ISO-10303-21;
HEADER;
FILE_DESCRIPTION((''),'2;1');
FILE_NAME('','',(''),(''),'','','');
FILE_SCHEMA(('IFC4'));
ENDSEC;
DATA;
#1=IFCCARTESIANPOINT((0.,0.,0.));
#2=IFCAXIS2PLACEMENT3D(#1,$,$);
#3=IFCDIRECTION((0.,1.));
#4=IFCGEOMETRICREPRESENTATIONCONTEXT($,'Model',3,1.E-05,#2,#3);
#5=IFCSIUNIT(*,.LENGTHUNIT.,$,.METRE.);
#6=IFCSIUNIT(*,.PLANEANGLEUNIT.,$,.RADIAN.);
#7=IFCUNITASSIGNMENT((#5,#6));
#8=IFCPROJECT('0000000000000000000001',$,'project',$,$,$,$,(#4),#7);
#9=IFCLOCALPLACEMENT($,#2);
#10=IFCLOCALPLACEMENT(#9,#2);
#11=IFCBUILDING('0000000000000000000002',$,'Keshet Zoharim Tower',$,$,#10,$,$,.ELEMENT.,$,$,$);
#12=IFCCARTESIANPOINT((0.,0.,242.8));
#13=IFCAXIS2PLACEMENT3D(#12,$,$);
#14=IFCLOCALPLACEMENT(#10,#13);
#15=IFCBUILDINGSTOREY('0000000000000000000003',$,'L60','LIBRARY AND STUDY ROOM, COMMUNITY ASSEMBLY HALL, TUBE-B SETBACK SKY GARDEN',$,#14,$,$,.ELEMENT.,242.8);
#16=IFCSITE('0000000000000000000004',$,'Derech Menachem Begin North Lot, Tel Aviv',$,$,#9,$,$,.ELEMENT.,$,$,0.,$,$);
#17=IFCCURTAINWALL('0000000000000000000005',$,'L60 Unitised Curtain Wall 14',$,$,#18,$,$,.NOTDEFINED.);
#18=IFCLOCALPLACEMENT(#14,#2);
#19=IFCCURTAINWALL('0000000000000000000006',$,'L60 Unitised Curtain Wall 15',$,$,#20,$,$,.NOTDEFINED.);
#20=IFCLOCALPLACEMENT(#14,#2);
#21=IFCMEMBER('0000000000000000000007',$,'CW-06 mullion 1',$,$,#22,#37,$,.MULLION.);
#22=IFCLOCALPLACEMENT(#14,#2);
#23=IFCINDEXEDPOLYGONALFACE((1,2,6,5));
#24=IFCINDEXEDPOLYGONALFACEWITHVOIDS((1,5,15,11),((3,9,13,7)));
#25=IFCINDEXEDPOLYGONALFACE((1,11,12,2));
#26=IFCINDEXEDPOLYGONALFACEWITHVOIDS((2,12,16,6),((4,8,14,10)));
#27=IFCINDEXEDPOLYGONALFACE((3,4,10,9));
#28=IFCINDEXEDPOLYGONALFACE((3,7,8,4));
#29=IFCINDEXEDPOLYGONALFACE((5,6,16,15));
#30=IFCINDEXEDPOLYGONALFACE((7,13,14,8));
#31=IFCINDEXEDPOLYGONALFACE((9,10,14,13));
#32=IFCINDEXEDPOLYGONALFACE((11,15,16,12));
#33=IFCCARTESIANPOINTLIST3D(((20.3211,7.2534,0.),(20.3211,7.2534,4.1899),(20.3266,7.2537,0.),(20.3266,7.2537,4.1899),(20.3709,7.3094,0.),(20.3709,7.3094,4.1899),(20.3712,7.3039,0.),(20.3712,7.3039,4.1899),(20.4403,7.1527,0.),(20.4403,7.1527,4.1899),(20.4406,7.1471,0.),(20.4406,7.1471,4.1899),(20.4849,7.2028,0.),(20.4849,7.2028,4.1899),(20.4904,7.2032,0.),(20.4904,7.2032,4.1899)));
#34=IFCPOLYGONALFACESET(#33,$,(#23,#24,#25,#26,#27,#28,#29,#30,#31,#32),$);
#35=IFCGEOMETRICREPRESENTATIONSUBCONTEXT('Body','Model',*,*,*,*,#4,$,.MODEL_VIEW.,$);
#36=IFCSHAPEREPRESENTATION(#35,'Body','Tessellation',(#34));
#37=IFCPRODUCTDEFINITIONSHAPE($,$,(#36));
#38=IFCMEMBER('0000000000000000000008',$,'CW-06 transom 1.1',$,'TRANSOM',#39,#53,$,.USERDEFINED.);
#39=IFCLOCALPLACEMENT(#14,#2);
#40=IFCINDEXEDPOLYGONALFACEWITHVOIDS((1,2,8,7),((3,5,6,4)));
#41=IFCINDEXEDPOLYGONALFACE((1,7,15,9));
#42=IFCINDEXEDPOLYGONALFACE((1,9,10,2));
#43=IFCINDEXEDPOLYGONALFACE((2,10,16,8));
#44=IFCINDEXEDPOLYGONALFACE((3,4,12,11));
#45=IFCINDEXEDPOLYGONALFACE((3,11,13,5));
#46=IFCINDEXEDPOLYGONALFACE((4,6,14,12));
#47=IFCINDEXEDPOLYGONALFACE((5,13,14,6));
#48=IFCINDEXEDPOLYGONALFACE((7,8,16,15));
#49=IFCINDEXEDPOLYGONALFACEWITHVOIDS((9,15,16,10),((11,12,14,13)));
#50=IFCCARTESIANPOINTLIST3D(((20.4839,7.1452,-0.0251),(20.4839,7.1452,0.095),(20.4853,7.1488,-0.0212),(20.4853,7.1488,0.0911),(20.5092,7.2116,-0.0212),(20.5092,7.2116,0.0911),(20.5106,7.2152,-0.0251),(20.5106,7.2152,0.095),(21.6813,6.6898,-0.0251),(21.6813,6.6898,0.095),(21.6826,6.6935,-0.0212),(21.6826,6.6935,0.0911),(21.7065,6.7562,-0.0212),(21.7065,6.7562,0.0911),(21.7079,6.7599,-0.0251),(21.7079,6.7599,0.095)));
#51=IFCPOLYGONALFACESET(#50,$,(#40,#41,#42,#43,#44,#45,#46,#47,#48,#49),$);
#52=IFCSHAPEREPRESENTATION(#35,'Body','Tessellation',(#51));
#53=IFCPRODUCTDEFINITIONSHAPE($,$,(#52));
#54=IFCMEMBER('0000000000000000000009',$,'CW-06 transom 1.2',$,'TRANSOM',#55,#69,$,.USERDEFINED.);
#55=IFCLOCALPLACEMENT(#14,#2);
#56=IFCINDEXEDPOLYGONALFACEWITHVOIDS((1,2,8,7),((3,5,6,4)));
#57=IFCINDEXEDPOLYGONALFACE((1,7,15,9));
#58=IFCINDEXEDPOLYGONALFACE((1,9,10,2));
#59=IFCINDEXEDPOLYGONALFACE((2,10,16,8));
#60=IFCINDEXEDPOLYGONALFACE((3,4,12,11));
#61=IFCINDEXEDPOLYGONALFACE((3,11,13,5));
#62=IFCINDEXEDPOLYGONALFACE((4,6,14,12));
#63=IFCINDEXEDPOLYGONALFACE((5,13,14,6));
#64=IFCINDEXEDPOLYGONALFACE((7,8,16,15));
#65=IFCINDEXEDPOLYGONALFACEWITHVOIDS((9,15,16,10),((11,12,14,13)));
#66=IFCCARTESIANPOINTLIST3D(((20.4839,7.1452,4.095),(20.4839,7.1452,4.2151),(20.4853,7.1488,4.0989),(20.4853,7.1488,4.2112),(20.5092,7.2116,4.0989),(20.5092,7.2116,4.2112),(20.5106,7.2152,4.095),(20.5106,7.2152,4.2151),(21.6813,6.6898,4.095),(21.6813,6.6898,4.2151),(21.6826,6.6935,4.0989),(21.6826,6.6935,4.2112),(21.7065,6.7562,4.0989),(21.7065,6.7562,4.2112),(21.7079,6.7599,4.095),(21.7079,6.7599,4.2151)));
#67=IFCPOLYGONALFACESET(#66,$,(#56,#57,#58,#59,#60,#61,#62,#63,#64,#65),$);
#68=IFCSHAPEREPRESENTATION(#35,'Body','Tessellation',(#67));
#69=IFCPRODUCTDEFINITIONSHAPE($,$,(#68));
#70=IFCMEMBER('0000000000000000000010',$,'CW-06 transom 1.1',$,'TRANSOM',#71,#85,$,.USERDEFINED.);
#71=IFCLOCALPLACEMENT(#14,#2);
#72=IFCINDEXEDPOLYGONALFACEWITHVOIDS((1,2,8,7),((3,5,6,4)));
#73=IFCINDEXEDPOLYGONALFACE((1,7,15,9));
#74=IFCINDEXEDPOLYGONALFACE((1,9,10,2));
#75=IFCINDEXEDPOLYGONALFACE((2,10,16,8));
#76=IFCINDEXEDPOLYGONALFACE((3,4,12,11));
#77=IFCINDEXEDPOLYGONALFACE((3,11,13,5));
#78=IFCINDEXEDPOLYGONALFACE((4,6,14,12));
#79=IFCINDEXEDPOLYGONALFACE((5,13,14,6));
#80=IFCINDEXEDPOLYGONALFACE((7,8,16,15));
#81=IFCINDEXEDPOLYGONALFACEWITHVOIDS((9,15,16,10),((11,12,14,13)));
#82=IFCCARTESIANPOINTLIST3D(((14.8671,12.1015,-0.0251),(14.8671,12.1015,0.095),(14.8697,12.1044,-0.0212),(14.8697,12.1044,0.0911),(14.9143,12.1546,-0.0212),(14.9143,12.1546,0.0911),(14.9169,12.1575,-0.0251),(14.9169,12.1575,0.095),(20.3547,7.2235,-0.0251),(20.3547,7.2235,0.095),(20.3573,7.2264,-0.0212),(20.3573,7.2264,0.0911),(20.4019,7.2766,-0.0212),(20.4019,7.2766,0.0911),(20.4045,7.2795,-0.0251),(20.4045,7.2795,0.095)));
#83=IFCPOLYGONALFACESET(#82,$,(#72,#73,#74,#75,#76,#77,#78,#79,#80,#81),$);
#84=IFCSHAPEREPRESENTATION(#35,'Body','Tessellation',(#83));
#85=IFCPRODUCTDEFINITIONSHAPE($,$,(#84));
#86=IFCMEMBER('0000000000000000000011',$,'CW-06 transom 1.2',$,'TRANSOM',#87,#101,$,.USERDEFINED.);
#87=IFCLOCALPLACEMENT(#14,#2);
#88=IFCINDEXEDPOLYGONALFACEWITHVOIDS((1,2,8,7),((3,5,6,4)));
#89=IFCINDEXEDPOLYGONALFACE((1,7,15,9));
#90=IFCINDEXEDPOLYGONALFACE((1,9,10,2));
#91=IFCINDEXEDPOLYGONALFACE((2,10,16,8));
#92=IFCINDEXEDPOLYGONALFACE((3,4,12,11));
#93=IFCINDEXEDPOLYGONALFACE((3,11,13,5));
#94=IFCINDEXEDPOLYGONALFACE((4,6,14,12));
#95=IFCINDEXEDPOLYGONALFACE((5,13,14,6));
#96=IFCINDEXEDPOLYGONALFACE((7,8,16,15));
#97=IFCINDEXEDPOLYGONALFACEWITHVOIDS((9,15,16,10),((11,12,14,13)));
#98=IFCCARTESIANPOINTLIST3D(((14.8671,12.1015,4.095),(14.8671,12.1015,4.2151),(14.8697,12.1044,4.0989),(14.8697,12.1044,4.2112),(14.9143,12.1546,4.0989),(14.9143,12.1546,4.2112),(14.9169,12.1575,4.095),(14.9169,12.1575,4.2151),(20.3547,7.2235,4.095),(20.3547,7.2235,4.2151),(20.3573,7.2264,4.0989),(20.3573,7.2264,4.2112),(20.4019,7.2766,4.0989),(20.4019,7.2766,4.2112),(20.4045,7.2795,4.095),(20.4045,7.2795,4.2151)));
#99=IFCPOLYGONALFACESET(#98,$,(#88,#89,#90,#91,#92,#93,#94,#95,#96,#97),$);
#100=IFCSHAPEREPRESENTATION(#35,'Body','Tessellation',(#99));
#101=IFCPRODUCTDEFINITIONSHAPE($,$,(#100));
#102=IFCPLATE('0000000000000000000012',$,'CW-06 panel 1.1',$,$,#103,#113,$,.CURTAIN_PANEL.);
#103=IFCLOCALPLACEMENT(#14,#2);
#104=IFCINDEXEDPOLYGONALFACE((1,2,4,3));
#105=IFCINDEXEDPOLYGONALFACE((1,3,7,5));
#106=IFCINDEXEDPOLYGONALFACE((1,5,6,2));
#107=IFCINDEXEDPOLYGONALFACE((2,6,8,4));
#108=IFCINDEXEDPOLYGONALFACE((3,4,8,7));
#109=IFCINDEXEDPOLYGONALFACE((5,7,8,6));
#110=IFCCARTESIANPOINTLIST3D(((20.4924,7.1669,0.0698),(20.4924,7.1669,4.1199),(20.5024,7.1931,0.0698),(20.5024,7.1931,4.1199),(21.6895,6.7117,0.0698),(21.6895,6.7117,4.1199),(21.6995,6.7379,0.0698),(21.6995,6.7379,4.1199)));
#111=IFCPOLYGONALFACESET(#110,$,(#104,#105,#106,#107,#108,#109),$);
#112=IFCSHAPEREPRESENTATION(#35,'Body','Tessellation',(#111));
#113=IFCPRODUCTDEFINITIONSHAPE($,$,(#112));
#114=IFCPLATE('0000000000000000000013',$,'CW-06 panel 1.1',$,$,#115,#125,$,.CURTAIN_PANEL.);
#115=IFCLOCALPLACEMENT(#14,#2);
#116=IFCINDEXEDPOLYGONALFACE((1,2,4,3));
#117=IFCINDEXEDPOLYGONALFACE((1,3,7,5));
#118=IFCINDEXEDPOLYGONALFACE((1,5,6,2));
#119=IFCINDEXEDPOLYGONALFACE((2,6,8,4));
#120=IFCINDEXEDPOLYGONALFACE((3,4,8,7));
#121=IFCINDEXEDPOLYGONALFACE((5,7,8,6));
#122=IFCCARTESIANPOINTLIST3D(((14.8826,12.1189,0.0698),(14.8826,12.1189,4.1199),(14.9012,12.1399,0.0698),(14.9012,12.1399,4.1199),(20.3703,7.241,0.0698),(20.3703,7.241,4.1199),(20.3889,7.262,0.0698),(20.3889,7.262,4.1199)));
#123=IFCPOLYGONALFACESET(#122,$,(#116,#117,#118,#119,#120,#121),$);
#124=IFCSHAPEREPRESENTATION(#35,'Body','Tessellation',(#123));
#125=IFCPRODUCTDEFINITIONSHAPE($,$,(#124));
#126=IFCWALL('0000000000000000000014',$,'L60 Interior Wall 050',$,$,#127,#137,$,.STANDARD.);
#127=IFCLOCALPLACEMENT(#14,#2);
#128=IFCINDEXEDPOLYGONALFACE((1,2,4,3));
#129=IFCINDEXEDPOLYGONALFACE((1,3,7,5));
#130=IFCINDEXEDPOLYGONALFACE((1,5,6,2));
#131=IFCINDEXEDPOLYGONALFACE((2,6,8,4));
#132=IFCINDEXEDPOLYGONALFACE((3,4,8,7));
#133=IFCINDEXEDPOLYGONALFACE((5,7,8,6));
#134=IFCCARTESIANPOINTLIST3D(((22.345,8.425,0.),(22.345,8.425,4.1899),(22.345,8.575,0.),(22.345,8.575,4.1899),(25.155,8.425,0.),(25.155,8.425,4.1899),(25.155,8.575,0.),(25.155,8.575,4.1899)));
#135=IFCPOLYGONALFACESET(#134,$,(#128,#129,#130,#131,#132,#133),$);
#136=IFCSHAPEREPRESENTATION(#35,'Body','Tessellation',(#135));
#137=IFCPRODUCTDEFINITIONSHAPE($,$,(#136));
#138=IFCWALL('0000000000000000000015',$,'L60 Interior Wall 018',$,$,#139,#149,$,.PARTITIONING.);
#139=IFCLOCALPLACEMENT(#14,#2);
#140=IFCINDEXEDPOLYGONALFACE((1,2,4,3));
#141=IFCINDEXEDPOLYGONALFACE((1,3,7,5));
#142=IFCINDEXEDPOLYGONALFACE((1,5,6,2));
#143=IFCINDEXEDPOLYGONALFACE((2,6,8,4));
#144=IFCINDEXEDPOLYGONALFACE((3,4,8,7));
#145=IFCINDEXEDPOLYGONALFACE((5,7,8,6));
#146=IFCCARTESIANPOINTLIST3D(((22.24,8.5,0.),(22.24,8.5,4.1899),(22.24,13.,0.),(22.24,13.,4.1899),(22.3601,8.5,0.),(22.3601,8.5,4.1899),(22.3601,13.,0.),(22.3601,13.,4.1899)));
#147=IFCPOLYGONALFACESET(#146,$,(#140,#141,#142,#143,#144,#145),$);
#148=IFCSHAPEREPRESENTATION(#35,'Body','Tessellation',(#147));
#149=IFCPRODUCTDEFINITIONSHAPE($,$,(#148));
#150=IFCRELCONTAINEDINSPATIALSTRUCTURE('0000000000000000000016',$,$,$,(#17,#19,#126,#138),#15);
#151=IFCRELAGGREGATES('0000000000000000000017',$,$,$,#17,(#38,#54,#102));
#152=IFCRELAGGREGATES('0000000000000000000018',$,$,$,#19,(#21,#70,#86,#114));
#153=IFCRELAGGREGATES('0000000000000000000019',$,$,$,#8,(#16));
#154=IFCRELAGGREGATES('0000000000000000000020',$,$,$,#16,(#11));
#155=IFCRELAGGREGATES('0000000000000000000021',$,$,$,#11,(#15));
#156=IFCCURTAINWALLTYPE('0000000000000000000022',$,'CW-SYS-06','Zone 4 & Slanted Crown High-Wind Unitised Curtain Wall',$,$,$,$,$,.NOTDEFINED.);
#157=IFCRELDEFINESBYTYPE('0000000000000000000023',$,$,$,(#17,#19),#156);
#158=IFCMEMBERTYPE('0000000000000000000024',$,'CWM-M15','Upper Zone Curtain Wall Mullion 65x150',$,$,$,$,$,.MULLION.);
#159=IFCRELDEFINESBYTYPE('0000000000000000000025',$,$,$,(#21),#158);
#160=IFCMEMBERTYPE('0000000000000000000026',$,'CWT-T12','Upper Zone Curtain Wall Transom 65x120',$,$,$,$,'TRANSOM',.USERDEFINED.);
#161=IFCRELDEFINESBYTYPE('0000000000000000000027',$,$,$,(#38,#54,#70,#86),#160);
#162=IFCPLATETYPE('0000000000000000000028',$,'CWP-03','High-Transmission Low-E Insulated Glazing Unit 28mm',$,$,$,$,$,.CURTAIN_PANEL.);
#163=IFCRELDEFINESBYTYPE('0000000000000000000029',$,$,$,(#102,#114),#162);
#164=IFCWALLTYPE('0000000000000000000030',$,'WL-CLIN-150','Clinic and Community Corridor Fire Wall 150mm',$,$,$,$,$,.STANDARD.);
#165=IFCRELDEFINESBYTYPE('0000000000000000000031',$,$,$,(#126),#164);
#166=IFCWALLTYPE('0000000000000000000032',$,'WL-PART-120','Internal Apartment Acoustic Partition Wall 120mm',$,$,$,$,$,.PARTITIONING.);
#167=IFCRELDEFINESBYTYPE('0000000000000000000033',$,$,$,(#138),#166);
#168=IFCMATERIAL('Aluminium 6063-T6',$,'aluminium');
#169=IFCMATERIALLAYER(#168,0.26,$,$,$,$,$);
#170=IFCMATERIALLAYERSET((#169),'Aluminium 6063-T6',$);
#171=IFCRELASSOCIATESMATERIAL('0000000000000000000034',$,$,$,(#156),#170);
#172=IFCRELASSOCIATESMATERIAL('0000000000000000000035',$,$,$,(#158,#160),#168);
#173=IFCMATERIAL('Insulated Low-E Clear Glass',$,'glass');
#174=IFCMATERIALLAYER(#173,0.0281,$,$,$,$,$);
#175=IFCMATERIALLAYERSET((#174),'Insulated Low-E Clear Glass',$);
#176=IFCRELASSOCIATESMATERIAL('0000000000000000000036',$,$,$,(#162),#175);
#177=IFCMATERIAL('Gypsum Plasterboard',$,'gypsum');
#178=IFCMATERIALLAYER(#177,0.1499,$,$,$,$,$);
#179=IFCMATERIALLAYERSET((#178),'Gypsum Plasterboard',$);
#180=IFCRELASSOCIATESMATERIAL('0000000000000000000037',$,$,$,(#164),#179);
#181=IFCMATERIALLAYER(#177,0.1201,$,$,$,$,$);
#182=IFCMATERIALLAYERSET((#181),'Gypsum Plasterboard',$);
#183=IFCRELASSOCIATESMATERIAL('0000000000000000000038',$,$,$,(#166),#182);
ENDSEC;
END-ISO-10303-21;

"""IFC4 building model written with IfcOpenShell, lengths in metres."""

from ifc_helpers import new_model, si_unit, direction, frame, frame_2d, origin, origin_2d, place, context, subcontext, project, spatial, rectangle, hollow_rectangle, extrude, material, layer, layer_set, material_profile, profile_set, type_object, element, aggregate, save


model = new_model("IFC4")

# Units and contexts
model_context = context("Model", 3, precision=1e-05, world=origin(), true_north=direction((0.0, 1.0)))
body_context = subcontext(model_context, "Body", "Model", "MODEL_VIEW")
ifc_project = project(units=[si_unit("LENGTHUNIT", "METRE"), si_unit("PLANEANGLEUNIT", "RADIAN")], contexts=[model_context])

# Site, building, storey
site_placement = place(None, origin())
site = spatial("IfcSite", under=ifc_project, at=site_placement, Name="Derech Menachem Begin North Lot, Tel Aviv", CompositionType="ELEMENT", RefElevation=0.0)
building_placement = place(site_placement, origin())
building = spatial("IfcBuilding", under=site, at=building_placement, Name="Keshet Zoharim Tower", CompositionType="ELEMENT")
storey_placement = place(building_placement, frame((0.0, 0.0, 242.8)))
storey = spatial("IfcBuildingStorey", under=building, at=storey_placement, Name="L60", Description="LIBRARY AND STUDY ROOM, COMMUNITY ASSEMBLY HALL, TUBE-B SETBACK SKY GARDEN", CompositionType="ELEMENT", Elevation=242.8)

# Curtain wall
ifc_material_1 = material(Name="Aluminium 6063-T6", Category="aluminium")
ifc_layer_1 = layer(ifc_material_1, 0.26)
ifc_layer_set_1 = layer_set([ifc_layer_1], Name="Aluminium 6063-T6")
curtain_wall_type = type_object("IfcCurtainWallType", Name="CW-SYS-06", Description="Zone 4 & Slanted Crown High-Wind Unitised Curtain Wall", PredefinedType="NOTDEFINED", material=ifc_layer_set_1)
curtain_wall_1_placement = place(storey_placement, origin())
curtain_wall_1 = element("IfcCurtainWall", 1, at=curtain_wall_1_placement, inside=storey, type_object=curtain_wall_type, Name="L60 Unitised Curtain Wall 14", PredefinedType="NOTDEFINED")
ifc_material_profile_1 = material_profile(ifc_material_1, hollow_rectangle(XDim=0.075, YDim=0.1599, WallThickness=0.0039, at=origin_2d()), Name="MUL-75x160")
ifc_profile_set_1 = profile_set([ifc_material_profile_1], Name="Aluminium 6063-T6")
member_type_1 = type_object("IfcMemberType", Name="CWM-M15", Description="Upper Zone Curtain Wall Mullion 65x150", PredefinedType="MULLION", material=ifc_profile_set_1)

# Curtain wall, member
curtain_wall_2_placement = place(storey_placement, origin())
curtain_wall_2 = element("IfcCurtainWall", 2, at=curtain_wall_2_placement, inside=storey, type_object=curtain_wall_type, Name="L60 Unitised Curtain Wall 15", PredefinedType="NOTDEFINED")
member_1_placement = place(storey_placement, frame((20.4058, 7.2283, 0.0), z_axis=(0.0, 0.0, 1.0), x_axis=(-0.664361, -0.747412, 0.0)))
member_1 = element("IfcMember", 3, at=member_1_placement, type_object=member_type_1, Name="CW-06 mullion 1", PredefinedType="MULLION", context=body_context, shape_type="SweptSolid", body=[
    extrude(hollow_rectangle(XDim=0.075, YDim=0.1599, WallThickness=0.0039, at=origin_2d()), origin(), (0.0, 0.0, 1.0), 4.1899),
])

# Members
ifc_material_profile_2 = material_profile(ifc_material_1, hollow_rectangle(XDim=0.075, YDim=0.1201, WallThickness=0.0039, at=origin_2d()), Name="TRN-75x120")
ifc_profile_set_2 = profile_set([ifc_material_profile_2], Name="Aluminium 6063-T6")
member_type_2 = type_object("IfcMemberType", Name="CWT-T12", Description="Upper Zone Curtain Wall Transom 65x120", ElementType="TRANSOM", PredefinedType="USERDEFINED", material=ifc_profile_set_2)
member_2_placement = place(storey_placement, frame((21.6946, 6.7249, 0.0349), z_axis=(-0.93469, 0.355464, 0.0), x_axis=(-0.355464, -0.93469, 0.0)))
member_2 = element("IfcMember", 4, at=member_2_placement, type_object=member_type_2, Name="CW-06 transom 1.1", ObjectType="TRANSOM", PredefinedType="USERDEFINED", context=body_context, shape_type="SweptSolid", body=[
    extrude(hollow_rectangle(XDim=0.075, YDim=0.1201, WallThickness=0.0039, at=origin_2d()), origin(), (0.0, 0.0, 1.0), 1.281),
])
member_3_placement = place(storey_placement, frame((21.6946, 6.7249, 4.155), z_axis=(-0.93469, 0.355464, 0.0), x_axis=(-0.355464, -0.93469, 0.0)))
member_3 = element("IfcMember", 5, at=member_3_placement, type_object=member_type_2, Name="CW-06 transom 1.2", ObjectType="TRANSOM", PredefinedType="USERDEFINED", context=body_context, shape_type="SweptSolid", body=[
    extrude(hollow_rectangle(XDim=0.075, YDim=0.1201, WallThickness=0.0039, at=origin_2d()), origin(), (0.0, 0.0, 1.0), 1.281),
])
member_4_placement = place(storey_placement, frame((20.3796, 7.2515, 0.0349), z_axis=(-0.747402, 0.664372, 0.0), x_axis=(-0.664372, -0.747402, 0.0)))
member_4 = element("IfcMember", 6, at=member_4_placement, type_object=member_type_2, Name="CW-06 transom 1.1", ObjectType="TRANSOM", PredefinedType="USERDEFINED", context=body_context, shape_type="SweptSolid", body=[
    extrude(hollow_rectangle(XDim=0.075, YDim=0.1201, WallThickness=0.0039, at=origin_2d()), origin(), (0.0, 0.0, 1.0), 7.3423),
])
member_5_placement = place(storey_placement, frame((20.3796, 7.2515, 4.155), z_axis=(-0.747402, 0.664372, 0.0), x_axis=(-0.664372, -0.747402, 0.0)))
member_5 = element("IfcMember", 7, at=member_5_placement, type_object=member_type_2, Name="CW-06 transom 1.2", ObjectType="TRANSOM", PredefinedType="USERDEFINED", context=body_context, shape_type="SweptSolid", body=[
    extrude(hollow_rectangle(XDim=0.075, YDim=0.1201, WallThickness=0.0039, at=origin_2d()), origin(), (0.0, 0.0, 1.0), 7.3423),
])

# Plates
ifc_material_2 = material(Name="Insulated Low-E Clear Glass", Category="glass")
ifc_layer_2 = layer(ifc_material_2, 0.0281)
ifc_layer_set_2 = layer_set([ifc_layer_2], Name="Insulated Low-E Clear Glass")
plate_type = type_object("IfcPlateType", Name="CWP-03", Description="High-Transmission Low-E Insulated Glazing Unit 28mm", PredefinedType="CURTAIN_PANEL", material=ifc_layer_set_2)
plate_1_placement = place(storey_placement, frame((21.0959, 6.9524, 0.0698), z_axis=(0.0, 0.0, 1.0), x_axis=(-0.934699, 0.355439, 0.0)))
plate_1 = element("IfcPlate", 8, at=plate_1_placement, type_object=plate_type, Name="CW-06 panel 1.1", PredefinedType="CURTAIN_PANEL", context=body_context, shape_type="SweptSolid", body=[
    extrude(rectangle(XDim=1.2808, YDim=0.0281, at=origin_2d()), origin(), (0.0, 0.0, 1.0), 4.05),
])
aggregate(curtain_wall_1, [member_2, member_3, plate_1])
plate_2_placement = place(storey_placement, frame((17.6357, 9.6904, 0.0698), z_axis=(0.0, 0.0, 1.0), x_axis=(-0.747412, 0.664361, 0.0)))
plate_2 = element("IfcPlate", 9, at=plate_2_placement, type_object=plate_type, Name="CW-06 panel 1.1", PredefinedType="CURTAIN_PANEL", context=body_context, shape_type="SweptSolid", body=[
    extrude(rectangle(XDim=7.3423, YDim=0.0281, at=origin_2d()), origin(), (0.0, 0.0, 1.0), 4.05),
])
aggregate(curtain_wall_2, [member_1, member_4, member_5, plate_2])

# Shared definitions
ifc_material_3 = material(Name="Gypsum Plasterboard", Category="gypsum")
ifc_layer_3 = layer(ifc_material_3, 0.1499)
ifc_layer_set_3 = layer_set([ifc_layer_3], Name="Gypsum Plasterboard")
wall_type_1 = type_object("IfcWallType", Name="WL-CLIN-150", Description="Clinic and Community Corridor Fire Wall 150mm", PredefinedType="STANDARD", material=ifc_layer_set_3)

# Walls
wall_1_placement = place(storey_placement, frame((22.345, 8.5, 0.0), z_axis=(0.0, 0.0, 1.0), x_axis=(1.0, 0.0, 0.0)))
element("IfcWall", 10, at=wall_1_placement, inside=storey, type_object=wall_type_1, Name="L60 Interior Wall 050", PredefinedType="STANDARD", context=body_context, shape_type="SweptSolid", body=[
    extrude(rectangle(XDim=2.8101, YDim=0.1499, at=frame_2d((1.405, 0.0))), origin(), (0.0, 0.0, 1.0), 4.1899),
])
ifc_layer_4 = layer(ifc_material_3, 0.1201)
ifc_layer_set_4 = layer_set([ifc_layer_4], Name="Gypsum Plasterboard")
wall_type_2 = type_object("IfcWallType", Name="WL-PART-120", Description="Internal Apartment Acoustic Partition Wall 120mm", PredefinedType="PARTITIONING", material=ifc_layer_set_4)
wall_2_placement = place(storey_placement, frame((22.3, 8.5, 0.0), z_axis=(0.0, 0.0, 1.0), x_axis=(0.0, 1.0, 0.0)))
element("IfcWall", 11, at=wall_2_placement, inside=storey, type_object=wall_type_2, Name="L60 Interior Wall 018", PredefinedType="PARTITIONING", context=body_context, shape_type="SweptSolid", body=[
    extrude(rectangle(XDim=4.5, YDim=0.1201, at=frame_2d((2.25, 0.0))), origin(), (0.0, 0.0, 1.0), 4.1899),
])

save(model, "model.ifc")
